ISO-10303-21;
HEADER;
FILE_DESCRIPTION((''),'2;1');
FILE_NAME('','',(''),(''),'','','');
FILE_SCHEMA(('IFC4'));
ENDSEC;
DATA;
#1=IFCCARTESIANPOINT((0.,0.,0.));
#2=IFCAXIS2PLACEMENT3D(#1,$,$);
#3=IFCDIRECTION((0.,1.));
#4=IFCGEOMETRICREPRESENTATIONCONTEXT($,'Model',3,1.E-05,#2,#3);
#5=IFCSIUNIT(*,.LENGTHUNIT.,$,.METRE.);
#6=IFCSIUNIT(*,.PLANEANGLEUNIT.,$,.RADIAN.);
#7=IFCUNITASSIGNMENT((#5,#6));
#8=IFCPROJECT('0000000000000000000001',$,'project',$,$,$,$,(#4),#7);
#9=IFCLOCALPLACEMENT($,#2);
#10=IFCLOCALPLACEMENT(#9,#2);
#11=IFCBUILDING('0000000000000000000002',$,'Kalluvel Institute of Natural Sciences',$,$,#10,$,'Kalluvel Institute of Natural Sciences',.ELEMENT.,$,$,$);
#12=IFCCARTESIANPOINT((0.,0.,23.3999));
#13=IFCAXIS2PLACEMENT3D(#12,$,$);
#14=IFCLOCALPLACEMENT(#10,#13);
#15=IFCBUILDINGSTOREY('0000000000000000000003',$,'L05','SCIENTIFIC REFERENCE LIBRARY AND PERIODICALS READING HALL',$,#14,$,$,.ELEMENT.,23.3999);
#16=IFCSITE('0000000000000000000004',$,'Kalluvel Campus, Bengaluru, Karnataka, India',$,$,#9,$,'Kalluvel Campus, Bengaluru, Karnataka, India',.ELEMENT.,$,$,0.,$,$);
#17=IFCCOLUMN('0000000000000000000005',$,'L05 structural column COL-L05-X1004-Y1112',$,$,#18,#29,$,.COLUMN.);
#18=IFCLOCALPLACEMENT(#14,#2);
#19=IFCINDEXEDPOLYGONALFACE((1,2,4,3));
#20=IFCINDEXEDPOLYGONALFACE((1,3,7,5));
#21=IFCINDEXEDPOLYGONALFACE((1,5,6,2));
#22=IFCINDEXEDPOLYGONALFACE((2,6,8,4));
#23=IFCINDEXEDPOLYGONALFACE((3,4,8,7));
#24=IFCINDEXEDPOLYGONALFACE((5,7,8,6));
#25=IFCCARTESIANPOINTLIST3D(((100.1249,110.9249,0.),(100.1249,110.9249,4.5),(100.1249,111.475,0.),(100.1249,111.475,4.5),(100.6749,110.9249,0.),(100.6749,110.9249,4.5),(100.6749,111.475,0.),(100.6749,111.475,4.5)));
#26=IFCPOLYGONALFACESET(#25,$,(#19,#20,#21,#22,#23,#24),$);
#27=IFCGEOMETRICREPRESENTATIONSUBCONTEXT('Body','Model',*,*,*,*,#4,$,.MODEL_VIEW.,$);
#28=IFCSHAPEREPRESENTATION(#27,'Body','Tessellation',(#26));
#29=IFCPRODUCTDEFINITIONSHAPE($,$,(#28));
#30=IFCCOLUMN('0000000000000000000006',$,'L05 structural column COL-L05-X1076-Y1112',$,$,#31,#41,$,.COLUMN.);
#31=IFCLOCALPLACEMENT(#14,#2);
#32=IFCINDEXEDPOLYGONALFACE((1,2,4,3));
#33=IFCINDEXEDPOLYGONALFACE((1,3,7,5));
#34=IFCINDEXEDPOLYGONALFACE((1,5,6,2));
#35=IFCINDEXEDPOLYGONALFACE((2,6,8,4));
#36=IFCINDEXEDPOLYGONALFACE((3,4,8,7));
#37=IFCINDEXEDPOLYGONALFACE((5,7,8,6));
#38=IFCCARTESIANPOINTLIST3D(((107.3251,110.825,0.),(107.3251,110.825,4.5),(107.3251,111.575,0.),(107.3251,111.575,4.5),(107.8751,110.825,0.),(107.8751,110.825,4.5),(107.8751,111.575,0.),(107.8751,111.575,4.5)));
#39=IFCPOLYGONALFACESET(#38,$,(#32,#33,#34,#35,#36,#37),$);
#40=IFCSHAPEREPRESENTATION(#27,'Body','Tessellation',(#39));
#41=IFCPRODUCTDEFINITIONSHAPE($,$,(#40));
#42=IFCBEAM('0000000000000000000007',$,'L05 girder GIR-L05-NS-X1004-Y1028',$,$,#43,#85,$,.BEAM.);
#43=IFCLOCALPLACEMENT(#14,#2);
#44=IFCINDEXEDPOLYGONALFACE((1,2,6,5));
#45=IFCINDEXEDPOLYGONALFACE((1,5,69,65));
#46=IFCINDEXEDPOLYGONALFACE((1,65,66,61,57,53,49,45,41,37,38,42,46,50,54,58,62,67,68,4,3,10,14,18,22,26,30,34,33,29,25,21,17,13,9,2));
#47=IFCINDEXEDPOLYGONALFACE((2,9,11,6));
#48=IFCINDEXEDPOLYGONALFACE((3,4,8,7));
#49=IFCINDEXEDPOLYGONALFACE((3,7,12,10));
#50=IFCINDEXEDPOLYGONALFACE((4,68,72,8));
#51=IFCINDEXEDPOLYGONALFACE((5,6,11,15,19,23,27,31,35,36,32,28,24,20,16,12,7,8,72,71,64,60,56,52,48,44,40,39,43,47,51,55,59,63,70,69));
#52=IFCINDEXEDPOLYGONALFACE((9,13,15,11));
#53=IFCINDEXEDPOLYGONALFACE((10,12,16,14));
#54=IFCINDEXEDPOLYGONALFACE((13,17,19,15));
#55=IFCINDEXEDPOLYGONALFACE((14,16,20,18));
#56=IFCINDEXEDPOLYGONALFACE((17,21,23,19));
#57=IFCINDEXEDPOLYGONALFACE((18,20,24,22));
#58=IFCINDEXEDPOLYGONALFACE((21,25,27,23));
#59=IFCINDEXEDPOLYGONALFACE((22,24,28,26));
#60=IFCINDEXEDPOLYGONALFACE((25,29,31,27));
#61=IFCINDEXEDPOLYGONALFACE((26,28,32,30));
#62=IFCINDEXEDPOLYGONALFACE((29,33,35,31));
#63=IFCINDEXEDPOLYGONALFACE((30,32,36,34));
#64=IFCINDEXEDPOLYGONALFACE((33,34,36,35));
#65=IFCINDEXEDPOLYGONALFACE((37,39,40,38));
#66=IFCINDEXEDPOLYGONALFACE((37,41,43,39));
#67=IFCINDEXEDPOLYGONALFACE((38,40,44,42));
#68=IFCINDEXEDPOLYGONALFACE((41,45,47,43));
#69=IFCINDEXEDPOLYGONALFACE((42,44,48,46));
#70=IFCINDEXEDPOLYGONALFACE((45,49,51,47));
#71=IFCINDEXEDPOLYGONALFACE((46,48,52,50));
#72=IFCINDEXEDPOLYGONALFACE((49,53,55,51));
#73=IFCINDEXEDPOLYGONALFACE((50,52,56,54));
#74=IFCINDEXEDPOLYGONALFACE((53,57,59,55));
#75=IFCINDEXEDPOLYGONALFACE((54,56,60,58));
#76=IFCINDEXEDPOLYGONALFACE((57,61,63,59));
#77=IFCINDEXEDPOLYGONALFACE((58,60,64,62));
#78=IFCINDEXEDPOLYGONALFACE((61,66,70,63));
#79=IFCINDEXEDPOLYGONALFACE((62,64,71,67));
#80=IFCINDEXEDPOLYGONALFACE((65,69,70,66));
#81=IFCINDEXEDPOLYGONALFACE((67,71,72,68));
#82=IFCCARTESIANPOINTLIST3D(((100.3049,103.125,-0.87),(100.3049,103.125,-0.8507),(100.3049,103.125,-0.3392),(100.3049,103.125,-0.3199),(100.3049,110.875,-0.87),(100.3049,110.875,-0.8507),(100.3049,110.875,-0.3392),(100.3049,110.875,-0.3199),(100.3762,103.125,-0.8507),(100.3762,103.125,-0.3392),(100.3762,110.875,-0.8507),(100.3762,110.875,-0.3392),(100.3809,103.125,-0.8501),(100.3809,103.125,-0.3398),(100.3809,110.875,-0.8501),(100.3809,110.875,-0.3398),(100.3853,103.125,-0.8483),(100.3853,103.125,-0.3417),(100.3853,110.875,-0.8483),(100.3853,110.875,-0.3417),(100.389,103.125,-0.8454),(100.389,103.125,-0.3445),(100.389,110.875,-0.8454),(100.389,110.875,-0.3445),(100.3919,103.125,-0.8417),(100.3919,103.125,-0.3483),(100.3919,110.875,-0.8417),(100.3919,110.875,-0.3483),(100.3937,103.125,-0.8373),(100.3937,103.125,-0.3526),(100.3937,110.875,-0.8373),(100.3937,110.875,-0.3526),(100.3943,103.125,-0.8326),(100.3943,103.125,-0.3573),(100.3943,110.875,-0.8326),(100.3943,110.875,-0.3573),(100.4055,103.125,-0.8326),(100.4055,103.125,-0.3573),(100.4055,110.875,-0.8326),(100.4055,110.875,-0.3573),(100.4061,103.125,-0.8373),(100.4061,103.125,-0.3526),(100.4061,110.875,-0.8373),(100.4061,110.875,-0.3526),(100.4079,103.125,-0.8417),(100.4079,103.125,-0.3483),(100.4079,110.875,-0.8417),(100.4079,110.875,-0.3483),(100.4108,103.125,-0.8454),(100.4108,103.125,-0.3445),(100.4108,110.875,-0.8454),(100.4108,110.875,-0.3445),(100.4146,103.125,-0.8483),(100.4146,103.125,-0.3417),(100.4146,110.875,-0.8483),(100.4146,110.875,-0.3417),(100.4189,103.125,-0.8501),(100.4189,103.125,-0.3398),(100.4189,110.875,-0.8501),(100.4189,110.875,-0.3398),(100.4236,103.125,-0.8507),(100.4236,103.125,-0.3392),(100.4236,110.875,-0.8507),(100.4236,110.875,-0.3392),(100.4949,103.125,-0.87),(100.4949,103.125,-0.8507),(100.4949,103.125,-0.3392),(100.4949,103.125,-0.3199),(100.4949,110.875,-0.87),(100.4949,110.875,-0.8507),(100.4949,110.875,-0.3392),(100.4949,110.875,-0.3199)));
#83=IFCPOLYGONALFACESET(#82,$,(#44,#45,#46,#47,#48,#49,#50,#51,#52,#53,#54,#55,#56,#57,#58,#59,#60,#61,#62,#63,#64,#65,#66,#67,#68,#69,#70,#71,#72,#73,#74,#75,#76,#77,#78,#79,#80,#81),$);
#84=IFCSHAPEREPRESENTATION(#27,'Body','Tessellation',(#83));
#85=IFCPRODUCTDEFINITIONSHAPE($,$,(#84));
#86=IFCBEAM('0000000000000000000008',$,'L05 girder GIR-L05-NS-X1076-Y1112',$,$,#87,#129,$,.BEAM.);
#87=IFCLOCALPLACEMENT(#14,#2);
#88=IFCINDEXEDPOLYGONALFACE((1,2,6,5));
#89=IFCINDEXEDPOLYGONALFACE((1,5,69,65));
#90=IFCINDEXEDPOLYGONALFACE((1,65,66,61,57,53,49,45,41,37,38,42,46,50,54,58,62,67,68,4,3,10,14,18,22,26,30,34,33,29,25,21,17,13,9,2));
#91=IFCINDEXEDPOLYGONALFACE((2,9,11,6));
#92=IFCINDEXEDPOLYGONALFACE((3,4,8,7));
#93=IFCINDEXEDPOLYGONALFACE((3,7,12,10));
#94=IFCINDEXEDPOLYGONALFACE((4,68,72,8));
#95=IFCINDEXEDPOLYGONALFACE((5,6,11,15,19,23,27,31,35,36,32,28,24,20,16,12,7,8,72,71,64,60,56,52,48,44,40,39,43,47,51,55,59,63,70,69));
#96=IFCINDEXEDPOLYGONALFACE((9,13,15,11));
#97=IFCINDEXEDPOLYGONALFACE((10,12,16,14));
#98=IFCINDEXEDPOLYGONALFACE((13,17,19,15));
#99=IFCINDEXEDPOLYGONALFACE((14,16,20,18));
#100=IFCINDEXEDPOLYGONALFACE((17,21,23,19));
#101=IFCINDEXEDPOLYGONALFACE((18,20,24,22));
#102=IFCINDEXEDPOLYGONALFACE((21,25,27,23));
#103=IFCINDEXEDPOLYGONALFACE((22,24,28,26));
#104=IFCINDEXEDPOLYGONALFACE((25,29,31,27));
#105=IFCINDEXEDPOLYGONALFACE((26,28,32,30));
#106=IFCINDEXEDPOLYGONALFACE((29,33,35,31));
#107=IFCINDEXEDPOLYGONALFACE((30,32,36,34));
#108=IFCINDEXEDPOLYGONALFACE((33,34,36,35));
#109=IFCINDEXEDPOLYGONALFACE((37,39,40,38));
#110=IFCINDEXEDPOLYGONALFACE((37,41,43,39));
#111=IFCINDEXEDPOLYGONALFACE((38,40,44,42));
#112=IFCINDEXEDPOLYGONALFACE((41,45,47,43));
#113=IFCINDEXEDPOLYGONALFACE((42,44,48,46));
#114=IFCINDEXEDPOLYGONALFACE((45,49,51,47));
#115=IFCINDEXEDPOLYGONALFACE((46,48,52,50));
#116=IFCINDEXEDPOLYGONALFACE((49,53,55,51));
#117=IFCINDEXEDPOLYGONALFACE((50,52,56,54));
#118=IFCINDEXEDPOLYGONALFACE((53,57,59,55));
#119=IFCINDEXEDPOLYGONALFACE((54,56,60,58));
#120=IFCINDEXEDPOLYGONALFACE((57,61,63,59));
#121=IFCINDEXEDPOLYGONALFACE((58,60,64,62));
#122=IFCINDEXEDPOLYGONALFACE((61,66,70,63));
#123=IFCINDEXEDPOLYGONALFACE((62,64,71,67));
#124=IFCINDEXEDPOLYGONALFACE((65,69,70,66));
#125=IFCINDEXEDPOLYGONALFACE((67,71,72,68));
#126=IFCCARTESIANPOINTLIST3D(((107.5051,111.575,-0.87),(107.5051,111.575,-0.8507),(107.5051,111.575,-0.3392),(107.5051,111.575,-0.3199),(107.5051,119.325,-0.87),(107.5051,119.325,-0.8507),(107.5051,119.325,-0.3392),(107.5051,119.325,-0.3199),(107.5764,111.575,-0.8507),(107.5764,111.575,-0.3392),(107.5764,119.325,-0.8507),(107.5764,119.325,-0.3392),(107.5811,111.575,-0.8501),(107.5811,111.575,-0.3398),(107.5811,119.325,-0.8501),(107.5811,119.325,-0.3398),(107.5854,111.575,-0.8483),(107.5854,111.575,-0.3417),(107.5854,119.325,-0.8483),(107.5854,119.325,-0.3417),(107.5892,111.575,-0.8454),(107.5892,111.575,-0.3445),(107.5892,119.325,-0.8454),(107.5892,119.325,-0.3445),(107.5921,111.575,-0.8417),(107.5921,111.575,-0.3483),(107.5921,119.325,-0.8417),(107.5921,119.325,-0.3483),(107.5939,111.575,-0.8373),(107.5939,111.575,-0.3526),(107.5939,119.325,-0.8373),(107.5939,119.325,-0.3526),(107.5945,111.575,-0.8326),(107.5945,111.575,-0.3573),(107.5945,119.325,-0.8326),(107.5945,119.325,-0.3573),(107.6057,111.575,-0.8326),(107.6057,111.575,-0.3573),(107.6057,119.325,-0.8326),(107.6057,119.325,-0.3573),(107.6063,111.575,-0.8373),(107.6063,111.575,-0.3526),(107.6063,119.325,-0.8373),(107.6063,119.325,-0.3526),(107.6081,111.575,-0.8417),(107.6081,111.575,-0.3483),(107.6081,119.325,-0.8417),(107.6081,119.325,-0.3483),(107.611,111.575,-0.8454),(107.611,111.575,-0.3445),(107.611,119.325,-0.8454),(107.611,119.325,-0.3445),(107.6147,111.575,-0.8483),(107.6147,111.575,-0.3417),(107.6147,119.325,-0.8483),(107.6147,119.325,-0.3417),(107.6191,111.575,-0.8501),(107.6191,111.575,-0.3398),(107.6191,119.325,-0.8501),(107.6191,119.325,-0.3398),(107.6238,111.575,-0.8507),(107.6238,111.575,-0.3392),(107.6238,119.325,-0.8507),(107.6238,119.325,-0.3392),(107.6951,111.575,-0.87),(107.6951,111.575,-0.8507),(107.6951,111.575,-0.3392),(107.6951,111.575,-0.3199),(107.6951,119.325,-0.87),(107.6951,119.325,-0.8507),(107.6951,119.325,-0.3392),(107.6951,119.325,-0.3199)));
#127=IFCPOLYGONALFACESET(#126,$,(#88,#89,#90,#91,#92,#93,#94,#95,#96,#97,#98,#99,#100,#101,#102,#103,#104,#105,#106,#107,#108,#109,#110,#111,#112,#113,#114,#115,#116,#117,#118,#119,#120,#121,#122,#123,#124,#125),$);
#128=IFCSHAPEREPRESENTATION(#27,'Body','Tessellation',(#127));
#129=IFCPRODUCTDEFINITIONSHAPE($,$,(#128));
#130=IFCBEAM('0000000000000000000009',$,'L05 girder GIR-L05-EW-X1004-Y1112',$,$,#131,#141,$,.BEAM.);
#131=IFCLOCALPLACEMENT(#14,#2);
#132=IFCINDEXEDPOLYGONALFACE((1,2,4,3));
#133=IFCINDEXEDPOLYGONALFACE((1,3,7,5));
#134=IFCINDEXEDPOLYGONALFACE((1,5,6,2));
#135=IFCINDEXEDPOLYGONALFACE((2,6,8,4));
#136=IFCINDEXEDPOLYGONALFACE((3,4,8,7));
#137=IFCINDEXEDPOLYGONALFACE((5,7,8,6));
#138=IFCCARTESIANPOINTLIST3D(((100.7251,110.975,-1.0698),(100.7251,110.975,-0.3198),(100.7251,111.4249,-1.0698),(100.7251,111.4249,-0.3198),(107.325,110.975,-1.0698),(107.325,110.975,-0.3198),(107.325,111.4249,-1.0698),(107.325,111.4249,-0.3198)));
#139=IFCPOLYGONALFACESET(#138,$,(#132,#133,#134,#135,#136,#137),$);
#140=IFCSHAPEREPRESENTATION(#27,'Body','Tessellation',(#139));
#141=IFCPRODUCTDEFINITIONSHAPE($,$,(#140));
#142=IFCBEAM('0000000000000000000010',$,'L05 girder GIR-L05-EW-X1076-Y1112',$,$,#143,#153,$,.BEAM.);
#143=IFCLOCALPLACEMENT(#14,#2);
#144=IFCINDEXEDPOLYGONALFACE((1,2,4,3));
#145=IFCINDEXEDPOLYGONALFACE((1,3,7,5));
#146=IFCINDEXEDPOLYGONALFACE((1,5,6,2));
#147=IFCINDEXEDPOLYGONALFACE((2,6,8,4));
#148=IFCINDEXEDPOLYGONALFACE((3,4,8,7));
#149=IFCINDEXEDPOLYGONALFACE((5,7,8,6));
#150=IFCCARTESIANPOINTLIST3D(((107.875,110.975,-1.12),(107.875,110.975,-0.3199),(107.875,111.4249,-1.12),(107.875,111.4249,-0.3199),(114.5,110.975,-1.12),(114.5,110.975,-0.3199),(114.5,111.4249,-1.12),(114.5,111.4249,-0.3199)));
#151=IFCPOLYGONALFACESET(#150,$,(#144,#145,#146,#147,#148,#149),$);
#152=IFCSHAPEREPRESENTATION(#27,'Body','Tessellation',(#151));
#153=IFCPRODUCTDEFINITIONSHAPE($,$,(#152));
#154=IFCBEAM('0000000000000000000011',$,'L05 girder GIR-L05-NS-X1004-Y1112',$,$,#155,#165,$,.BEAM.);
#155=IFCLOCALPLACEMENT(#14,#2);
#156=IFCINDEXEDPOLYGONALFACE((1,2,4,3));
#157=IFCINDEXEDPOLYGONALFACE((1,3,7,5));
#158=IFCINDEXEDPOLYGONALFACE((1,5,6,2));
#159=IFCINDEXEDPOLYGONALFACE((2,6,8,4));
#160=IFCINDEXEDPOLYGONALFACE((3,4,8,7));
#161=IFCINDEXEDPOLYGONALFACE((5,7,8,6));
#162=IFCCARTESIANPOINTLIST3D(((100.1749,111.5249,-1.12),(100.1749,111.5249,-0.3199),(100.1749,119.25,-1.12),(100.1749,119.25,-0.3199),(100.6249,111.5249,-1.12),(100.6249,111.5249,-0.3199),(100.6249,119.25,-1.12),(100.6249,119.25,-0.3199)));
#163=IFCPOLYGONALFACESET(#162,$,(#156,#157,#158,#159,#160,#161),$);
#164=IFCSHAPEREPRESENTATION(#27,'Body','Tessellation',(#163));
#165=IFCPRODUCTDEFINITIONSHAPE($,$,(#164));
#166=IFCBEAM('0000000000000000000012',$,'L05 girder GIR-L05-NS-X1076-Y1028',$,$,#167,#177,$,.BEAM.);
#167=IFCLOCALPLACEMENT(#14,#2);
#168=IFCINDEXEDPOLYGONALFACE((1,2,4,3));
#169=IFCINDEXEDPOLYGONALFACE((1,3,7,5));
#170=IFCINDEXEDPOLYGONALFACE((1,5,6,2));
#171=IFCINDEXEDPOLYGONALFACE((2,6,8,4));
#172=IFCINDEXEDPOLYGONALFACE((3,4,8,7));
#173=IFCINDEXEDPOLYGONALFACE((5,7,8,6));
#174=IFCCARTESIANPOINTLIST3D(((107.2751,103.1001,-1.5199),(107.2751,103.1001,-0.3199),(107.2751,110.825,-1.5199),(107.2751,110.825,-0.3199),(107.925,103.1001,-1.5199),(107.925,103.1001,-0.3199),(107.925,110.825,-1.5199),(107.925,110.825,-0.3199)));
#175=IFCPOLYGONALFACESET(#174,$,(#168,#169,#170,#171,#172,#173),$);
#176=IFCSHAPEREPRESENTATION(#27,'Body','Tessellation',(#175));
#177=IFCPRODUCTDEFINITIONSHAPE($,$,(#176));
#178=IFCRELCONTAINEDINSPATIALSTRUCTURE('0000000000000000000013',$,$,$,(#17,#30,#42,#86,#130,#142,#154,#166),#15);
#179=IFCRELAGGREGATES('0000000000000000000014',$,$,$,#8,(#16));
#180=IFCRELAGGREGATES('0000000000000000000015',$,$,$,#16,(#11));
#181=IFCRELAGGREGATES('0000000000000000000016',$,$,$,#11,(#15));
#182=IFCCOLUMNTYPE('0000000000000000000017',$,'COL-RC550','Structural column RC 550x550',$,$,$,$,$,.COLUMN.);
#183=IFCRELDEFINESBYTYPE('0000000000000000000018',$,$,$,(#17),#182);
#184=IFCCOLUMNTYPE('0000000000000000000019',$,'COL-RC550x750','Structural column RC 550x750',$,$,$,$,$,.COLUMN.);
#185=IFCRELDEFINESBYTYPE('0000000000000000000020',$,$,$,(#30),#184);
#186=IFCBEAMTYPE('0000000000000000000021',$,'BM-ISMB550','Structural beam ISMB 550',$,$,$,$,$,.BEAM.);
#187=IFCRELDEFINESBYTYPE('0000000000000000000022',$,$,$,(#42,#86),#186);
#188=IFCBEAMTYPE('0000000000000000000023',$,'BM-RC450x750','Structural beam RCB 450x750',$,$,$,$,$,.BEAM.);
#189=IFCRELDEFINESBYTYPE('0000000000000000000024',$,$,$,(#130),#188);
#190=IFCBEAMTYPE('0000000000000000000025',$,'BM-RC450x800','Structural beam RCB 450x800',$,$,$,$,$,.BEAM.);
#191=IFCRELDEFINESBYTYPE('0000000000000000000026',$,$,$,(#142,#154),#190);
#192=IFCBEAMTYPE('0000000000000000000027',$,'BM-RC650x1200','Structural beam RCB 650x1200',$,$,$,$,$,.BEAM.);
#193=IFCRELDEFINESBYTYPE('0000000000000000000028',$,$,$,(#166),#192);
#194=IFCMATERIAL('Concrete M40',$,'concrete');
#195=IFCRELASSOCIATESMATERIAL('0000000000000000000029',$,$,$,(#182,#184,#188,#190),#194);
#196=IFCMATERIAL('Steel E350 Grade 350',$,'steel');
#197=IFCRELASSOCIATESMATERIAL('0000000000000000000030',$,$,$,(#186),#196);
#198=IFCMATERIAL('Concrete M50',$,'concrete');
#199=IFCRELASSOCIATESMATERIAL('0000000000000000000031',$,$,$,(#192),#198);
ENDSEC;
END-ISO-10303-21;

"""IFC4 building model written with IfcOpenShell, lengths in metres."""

from ifc_helpers import new_model, si_unit, direction, frame, origin, origin_2d, place, context, subcontext, project, spatial, rectangle, i_section, extrude, material, material_profile, profile_set, type_object, element, save


model = new_model("IFC4")

# Units and contexts
model_context = context("Model", 3, precision=1e-05, world=origin(), true_north=direction((0.0, 1.0)))
body_context = subcontext(model_context, "Body", "Model", "MODEL_VIEW")
ifc_project = project(units=[si_unit("LENGTHUNIT", "METRE"), si_unit("PLANEANGLEUNIT", "RADIAN")], contexts=[model_context])

# Site, building, storey
site_placement = place(None, origin())
site = spatial("IfcSite", under=ifc_project, at=site_placement, Name="Kalluvel Campus, Bengaluru, Karnataka, India", LongName="Kalluvel Campus, Bengaluru, Karnataka, India", CompositionType="ELEMENT", RefElevation=0.0)
building_placement = place(site_placement, origin())
building = spatial("IfcBuilding", under=site, at=building_placement, Name="Kalluvel Institute of Natural Sciences", LongName="Kalluvel Institute of Natural Sciences", CompositionType="ELEMENT")
storey_placement = place(building_placement, frame((0.0, 0.0, 23.3999)))
storey = spatial("IfcBuildingStorey", under=building, at=storey_placement, Name="L05", Description="SCIENTIFIC REFERENCE LIBRARY AND PERIODICALS READING HALL", CompositionType="ELEMENT", Elevation=23.3999)

# Columns
ifc_material_1 = material(Name="Concrete M40", Category="concrete")
ifc_material_profile_1 = material_profile(ifc_material_1, rectangle(XDim=0.55, YDim=0.55, at=origin_2d()), Name="RC 550x550")
ifc_profile_set_1 = profile_set([ifc_material_profile_1], Name="Concrete M40")
column_type_1 = type_object("IfcColumnType", Name="COL-RC550", Description="Structural column RC 550x550", PredefinedType="COLUMN", material=ifc_profile_set_1)
column_1_placement = place(storey_placement, frame((100.3999, 111.2, 0.0), z_axis=(0.0, 0.0, 1.0), x_axis=(1.0, 0.0, 0.0)))
element("IfcColumn", 1, at=column_1_placement, inside=storey, type_object=column_type_1, Name="L05 structural column COL-L05-X1004-Y1112", PredefinedType="COLUMN", context=body_context, shape_type="SweptSolid", body=[
    extrude(rectangle(XDim=0.55, YDim=0.55, at=origin_2d()), origin(), (0.0, 0.0, 1.0), 4.5),
])
ifc_material_profile_2 = material_profile(ifc_material_1, rectangle(XDim=0.55, YDim=0.75, at=origin_2d()), Name="RC 550x750")
ifc_profile_set_2 = profile_set([ifc_material_profile_2], Name="Concrete M40")
column_type_2 = type_object("IfcColumnType", Name="COL-RC550x750", Description="Structural column RC 550x750", PredefinedType="COLUMN", material=ifc_profile_set_2)
column_2_placement = place(storey_placement, frame((107.6001, 111.2, 0.0), z_axis=(0.0, 0.0, 1.0), x_axis=(1.0, 0.0, 0.0)))
element("IfcColumn", 2, at=column_2_placement, inside=storey, type_object=column_type_2, Name="L05 structural column COL-L05-X1076-Y1112", PredefinedType="COLUMN", context=body_context, shape_type="SweptSolid", body=[
    extrude(rectangle(XDim=0.55, YDim=0.75, at=origin_2d()), origin(), (0.0, 0.0, 1.0), 4.5),
])

# Beams
ifc_material_2 = material(Name="Steel E350 Grade 350", Category="steel")
ifc_material_profile_3 = material_profile(ifc_material_2, i_section(OverallWidth=0.1899, OverallDepth=0.55, WebThickness=0.0112, FlangeThickness=0.0193, FilletRadius=0.0181, at=origin_2d()), Name="ISMB 550")
ifc_profile_set_3 = profile_set([ifc_material_profile_3], Name="Steel E350 Grade 350")
beam_type_1 = type_object("IfcBeamType", Name="BM-ISMB550", Description="Structural beam ISMB 550", PredefinedType="BEAM", material=ifc_profile_set_3)
for number, where, z_axis, x_axis, name in (
    (3, (100.3999, 103.125, -0.595), (0.0, 1.0, 0.0), (-1.0, 0.0, 0.0), "L05 girder GIR-L05-NS-X1004-Y1028"),
    (4, (107.6001, 111.575, -0.595), (0.0, 1.0, 0.0), (-1.0, 0.0, 0.0), "L05 girder GIR-L05-NS-X1076-Y1112"),
):
    element("IfcBeam", number, at=place(storey_placement, frame(where, z_axis=z_axis, x_axis=x_axis)), inside=storey, type_object=beam_type_1, Name=name, PredefinedType="BEAM", context=body_context, shape_type="SweptSolid", body=[
        extrude(i_section(OverallWidth=0.1899, OverallDepth=0.55, WebThickness=0.0112, FlangeThickness=0.0193, FilletRadius=0.0181, at=origin_2d()), origin(), (0.0, 0.0, 1.0), 7.75),
    ])
ifc_material_profile_4 = material_profile(ifc_material_1, rectangle(XDim=0.45, YDim=0.75, at=origin_2d()), Name="RCB 450x750")
ifc_profile_set_4 = profile_set([ifc_material_profile_4], Name="Concrete M40")
beam_type_2 = type_object("IfcBeamType", Name="BM-RC450x750", Description="Structural beam RCB 450x750", PredefinedType="BEAM", material=ifc_profile_set_4)
beam_1_placement = place(storey_placement, frame((100.7251, 111.2, -0.6948), z_axis=(1.0, 0.0, 0.0), x_axis=(0.0, 1.0, 0.0)))
element("IfcBeam", 5, at=beam_1_placement, inside=storey, type_object=beam_type_2, Name="L05 girder GIR-L05-EW-X1004-Y1112", PredefinedType="BEAM", context=body_context, shape_type="SweptSolid", body=[
    extrude(rectangle(XDim=0.45, YDim=0.75, at=origin_2d()), origin(), (0.0, 0.0, 1.0), 6.5999),
])
ifc_material_profile_5 = material_profile(ifc_material_1, rectangle(XDim=0.45, YDim=0.8, at=origin_2d()), Name="RCB 450x800")
ifc_profile_set_5 = profile_set([ifc_material_profile_5], Name="Concrete M40")
beam_type_3 = type_object("IfcBeamType", Name="BM-RC450x800", Description="Structural beam RCB 450x800", PredefinedType="BEAM", material=ifc_profile_set_5)
beam_2_placement = place(storey_placement, frame((107.875, 111.2, -0.72), z_axis=(1.0, 0.0, 0.0), x_axis=(0.0, 1.0, 0.0)))
element("IfcBeam", 6, at=beam_2_placement, inside=storey, type_object=beam_type_3, Name="L05 girder GIR-L05-EW-X1076-Y1112", PredefinedType="BEAM", context=body_context, shape_type="SweptSolid", body=[
    extrude(rectangle(XDim=0.45, YDim=0.8, at=origin_2d()), origin(), (0.0, 0.0, 1.0), 6.625),
])
beam_3_placement = place(storey_placement, frame((100.3999, 111.5249, -0.72), z_axis=(0.0, 1.0, 0.0), x_axis=(-1.0, 0.0, 0.0)))
element("IfcBeam", 7, at=beam_3_placement, inside=storey, type_object=beam_type_3, Name="L05 girder GIR-L05-NS-X1004-Y1112", PredefinedType="BEAM", context=body_context, shape_type="SweptSolid", body=[
    extrude(rectangle(XDim=0.45, YDim=0.8, at=origin_2d()), origin(), (0.0, 0.0, 1.0), 7.7251),
])
ifc_material_3 = material(Name="Concrete M50", Category="concrete")
ifc_material_profile_6 = material_profile(ifc_material_3, rectangle(XDim=0.6499, YDim=1.2, at=origin_2d()), Name="RCB 650x1200")
ifc_profile_set_6 = profile_set([ifc_material_profile_6], Name="Concrete M50")
beam_type_4 = type_object("IfcBeamType", Name="BM-RC650x1200", Description="Structural beam RCB 650x1200", PredefinedType="BEAM", material=ifc_profile_set_6)
beam_4_placement = place(storey_placement, frame((107.6001, 103.1001, -0.9199), z_axis=(0.0, 1.0, 0.0), x_axis=(-1.0, 0.0, 0.0)))
element("IfcBeam", 8, at=beam_4_placement, inside=storey, type_object=beam_type_4, Name="L05 girder GIR-L05-NS-X1076-Y1028", PredefinedType="BEAM", context=body_context, shape_type="SweptSolid", body=[
    extrude(rectangle(XDim=0.6499, YDim=1.2, at=origin_2d()), origin(), (0.0, 0.0, 1.0), 7.7249),
])

save(model, "model.ifc")
